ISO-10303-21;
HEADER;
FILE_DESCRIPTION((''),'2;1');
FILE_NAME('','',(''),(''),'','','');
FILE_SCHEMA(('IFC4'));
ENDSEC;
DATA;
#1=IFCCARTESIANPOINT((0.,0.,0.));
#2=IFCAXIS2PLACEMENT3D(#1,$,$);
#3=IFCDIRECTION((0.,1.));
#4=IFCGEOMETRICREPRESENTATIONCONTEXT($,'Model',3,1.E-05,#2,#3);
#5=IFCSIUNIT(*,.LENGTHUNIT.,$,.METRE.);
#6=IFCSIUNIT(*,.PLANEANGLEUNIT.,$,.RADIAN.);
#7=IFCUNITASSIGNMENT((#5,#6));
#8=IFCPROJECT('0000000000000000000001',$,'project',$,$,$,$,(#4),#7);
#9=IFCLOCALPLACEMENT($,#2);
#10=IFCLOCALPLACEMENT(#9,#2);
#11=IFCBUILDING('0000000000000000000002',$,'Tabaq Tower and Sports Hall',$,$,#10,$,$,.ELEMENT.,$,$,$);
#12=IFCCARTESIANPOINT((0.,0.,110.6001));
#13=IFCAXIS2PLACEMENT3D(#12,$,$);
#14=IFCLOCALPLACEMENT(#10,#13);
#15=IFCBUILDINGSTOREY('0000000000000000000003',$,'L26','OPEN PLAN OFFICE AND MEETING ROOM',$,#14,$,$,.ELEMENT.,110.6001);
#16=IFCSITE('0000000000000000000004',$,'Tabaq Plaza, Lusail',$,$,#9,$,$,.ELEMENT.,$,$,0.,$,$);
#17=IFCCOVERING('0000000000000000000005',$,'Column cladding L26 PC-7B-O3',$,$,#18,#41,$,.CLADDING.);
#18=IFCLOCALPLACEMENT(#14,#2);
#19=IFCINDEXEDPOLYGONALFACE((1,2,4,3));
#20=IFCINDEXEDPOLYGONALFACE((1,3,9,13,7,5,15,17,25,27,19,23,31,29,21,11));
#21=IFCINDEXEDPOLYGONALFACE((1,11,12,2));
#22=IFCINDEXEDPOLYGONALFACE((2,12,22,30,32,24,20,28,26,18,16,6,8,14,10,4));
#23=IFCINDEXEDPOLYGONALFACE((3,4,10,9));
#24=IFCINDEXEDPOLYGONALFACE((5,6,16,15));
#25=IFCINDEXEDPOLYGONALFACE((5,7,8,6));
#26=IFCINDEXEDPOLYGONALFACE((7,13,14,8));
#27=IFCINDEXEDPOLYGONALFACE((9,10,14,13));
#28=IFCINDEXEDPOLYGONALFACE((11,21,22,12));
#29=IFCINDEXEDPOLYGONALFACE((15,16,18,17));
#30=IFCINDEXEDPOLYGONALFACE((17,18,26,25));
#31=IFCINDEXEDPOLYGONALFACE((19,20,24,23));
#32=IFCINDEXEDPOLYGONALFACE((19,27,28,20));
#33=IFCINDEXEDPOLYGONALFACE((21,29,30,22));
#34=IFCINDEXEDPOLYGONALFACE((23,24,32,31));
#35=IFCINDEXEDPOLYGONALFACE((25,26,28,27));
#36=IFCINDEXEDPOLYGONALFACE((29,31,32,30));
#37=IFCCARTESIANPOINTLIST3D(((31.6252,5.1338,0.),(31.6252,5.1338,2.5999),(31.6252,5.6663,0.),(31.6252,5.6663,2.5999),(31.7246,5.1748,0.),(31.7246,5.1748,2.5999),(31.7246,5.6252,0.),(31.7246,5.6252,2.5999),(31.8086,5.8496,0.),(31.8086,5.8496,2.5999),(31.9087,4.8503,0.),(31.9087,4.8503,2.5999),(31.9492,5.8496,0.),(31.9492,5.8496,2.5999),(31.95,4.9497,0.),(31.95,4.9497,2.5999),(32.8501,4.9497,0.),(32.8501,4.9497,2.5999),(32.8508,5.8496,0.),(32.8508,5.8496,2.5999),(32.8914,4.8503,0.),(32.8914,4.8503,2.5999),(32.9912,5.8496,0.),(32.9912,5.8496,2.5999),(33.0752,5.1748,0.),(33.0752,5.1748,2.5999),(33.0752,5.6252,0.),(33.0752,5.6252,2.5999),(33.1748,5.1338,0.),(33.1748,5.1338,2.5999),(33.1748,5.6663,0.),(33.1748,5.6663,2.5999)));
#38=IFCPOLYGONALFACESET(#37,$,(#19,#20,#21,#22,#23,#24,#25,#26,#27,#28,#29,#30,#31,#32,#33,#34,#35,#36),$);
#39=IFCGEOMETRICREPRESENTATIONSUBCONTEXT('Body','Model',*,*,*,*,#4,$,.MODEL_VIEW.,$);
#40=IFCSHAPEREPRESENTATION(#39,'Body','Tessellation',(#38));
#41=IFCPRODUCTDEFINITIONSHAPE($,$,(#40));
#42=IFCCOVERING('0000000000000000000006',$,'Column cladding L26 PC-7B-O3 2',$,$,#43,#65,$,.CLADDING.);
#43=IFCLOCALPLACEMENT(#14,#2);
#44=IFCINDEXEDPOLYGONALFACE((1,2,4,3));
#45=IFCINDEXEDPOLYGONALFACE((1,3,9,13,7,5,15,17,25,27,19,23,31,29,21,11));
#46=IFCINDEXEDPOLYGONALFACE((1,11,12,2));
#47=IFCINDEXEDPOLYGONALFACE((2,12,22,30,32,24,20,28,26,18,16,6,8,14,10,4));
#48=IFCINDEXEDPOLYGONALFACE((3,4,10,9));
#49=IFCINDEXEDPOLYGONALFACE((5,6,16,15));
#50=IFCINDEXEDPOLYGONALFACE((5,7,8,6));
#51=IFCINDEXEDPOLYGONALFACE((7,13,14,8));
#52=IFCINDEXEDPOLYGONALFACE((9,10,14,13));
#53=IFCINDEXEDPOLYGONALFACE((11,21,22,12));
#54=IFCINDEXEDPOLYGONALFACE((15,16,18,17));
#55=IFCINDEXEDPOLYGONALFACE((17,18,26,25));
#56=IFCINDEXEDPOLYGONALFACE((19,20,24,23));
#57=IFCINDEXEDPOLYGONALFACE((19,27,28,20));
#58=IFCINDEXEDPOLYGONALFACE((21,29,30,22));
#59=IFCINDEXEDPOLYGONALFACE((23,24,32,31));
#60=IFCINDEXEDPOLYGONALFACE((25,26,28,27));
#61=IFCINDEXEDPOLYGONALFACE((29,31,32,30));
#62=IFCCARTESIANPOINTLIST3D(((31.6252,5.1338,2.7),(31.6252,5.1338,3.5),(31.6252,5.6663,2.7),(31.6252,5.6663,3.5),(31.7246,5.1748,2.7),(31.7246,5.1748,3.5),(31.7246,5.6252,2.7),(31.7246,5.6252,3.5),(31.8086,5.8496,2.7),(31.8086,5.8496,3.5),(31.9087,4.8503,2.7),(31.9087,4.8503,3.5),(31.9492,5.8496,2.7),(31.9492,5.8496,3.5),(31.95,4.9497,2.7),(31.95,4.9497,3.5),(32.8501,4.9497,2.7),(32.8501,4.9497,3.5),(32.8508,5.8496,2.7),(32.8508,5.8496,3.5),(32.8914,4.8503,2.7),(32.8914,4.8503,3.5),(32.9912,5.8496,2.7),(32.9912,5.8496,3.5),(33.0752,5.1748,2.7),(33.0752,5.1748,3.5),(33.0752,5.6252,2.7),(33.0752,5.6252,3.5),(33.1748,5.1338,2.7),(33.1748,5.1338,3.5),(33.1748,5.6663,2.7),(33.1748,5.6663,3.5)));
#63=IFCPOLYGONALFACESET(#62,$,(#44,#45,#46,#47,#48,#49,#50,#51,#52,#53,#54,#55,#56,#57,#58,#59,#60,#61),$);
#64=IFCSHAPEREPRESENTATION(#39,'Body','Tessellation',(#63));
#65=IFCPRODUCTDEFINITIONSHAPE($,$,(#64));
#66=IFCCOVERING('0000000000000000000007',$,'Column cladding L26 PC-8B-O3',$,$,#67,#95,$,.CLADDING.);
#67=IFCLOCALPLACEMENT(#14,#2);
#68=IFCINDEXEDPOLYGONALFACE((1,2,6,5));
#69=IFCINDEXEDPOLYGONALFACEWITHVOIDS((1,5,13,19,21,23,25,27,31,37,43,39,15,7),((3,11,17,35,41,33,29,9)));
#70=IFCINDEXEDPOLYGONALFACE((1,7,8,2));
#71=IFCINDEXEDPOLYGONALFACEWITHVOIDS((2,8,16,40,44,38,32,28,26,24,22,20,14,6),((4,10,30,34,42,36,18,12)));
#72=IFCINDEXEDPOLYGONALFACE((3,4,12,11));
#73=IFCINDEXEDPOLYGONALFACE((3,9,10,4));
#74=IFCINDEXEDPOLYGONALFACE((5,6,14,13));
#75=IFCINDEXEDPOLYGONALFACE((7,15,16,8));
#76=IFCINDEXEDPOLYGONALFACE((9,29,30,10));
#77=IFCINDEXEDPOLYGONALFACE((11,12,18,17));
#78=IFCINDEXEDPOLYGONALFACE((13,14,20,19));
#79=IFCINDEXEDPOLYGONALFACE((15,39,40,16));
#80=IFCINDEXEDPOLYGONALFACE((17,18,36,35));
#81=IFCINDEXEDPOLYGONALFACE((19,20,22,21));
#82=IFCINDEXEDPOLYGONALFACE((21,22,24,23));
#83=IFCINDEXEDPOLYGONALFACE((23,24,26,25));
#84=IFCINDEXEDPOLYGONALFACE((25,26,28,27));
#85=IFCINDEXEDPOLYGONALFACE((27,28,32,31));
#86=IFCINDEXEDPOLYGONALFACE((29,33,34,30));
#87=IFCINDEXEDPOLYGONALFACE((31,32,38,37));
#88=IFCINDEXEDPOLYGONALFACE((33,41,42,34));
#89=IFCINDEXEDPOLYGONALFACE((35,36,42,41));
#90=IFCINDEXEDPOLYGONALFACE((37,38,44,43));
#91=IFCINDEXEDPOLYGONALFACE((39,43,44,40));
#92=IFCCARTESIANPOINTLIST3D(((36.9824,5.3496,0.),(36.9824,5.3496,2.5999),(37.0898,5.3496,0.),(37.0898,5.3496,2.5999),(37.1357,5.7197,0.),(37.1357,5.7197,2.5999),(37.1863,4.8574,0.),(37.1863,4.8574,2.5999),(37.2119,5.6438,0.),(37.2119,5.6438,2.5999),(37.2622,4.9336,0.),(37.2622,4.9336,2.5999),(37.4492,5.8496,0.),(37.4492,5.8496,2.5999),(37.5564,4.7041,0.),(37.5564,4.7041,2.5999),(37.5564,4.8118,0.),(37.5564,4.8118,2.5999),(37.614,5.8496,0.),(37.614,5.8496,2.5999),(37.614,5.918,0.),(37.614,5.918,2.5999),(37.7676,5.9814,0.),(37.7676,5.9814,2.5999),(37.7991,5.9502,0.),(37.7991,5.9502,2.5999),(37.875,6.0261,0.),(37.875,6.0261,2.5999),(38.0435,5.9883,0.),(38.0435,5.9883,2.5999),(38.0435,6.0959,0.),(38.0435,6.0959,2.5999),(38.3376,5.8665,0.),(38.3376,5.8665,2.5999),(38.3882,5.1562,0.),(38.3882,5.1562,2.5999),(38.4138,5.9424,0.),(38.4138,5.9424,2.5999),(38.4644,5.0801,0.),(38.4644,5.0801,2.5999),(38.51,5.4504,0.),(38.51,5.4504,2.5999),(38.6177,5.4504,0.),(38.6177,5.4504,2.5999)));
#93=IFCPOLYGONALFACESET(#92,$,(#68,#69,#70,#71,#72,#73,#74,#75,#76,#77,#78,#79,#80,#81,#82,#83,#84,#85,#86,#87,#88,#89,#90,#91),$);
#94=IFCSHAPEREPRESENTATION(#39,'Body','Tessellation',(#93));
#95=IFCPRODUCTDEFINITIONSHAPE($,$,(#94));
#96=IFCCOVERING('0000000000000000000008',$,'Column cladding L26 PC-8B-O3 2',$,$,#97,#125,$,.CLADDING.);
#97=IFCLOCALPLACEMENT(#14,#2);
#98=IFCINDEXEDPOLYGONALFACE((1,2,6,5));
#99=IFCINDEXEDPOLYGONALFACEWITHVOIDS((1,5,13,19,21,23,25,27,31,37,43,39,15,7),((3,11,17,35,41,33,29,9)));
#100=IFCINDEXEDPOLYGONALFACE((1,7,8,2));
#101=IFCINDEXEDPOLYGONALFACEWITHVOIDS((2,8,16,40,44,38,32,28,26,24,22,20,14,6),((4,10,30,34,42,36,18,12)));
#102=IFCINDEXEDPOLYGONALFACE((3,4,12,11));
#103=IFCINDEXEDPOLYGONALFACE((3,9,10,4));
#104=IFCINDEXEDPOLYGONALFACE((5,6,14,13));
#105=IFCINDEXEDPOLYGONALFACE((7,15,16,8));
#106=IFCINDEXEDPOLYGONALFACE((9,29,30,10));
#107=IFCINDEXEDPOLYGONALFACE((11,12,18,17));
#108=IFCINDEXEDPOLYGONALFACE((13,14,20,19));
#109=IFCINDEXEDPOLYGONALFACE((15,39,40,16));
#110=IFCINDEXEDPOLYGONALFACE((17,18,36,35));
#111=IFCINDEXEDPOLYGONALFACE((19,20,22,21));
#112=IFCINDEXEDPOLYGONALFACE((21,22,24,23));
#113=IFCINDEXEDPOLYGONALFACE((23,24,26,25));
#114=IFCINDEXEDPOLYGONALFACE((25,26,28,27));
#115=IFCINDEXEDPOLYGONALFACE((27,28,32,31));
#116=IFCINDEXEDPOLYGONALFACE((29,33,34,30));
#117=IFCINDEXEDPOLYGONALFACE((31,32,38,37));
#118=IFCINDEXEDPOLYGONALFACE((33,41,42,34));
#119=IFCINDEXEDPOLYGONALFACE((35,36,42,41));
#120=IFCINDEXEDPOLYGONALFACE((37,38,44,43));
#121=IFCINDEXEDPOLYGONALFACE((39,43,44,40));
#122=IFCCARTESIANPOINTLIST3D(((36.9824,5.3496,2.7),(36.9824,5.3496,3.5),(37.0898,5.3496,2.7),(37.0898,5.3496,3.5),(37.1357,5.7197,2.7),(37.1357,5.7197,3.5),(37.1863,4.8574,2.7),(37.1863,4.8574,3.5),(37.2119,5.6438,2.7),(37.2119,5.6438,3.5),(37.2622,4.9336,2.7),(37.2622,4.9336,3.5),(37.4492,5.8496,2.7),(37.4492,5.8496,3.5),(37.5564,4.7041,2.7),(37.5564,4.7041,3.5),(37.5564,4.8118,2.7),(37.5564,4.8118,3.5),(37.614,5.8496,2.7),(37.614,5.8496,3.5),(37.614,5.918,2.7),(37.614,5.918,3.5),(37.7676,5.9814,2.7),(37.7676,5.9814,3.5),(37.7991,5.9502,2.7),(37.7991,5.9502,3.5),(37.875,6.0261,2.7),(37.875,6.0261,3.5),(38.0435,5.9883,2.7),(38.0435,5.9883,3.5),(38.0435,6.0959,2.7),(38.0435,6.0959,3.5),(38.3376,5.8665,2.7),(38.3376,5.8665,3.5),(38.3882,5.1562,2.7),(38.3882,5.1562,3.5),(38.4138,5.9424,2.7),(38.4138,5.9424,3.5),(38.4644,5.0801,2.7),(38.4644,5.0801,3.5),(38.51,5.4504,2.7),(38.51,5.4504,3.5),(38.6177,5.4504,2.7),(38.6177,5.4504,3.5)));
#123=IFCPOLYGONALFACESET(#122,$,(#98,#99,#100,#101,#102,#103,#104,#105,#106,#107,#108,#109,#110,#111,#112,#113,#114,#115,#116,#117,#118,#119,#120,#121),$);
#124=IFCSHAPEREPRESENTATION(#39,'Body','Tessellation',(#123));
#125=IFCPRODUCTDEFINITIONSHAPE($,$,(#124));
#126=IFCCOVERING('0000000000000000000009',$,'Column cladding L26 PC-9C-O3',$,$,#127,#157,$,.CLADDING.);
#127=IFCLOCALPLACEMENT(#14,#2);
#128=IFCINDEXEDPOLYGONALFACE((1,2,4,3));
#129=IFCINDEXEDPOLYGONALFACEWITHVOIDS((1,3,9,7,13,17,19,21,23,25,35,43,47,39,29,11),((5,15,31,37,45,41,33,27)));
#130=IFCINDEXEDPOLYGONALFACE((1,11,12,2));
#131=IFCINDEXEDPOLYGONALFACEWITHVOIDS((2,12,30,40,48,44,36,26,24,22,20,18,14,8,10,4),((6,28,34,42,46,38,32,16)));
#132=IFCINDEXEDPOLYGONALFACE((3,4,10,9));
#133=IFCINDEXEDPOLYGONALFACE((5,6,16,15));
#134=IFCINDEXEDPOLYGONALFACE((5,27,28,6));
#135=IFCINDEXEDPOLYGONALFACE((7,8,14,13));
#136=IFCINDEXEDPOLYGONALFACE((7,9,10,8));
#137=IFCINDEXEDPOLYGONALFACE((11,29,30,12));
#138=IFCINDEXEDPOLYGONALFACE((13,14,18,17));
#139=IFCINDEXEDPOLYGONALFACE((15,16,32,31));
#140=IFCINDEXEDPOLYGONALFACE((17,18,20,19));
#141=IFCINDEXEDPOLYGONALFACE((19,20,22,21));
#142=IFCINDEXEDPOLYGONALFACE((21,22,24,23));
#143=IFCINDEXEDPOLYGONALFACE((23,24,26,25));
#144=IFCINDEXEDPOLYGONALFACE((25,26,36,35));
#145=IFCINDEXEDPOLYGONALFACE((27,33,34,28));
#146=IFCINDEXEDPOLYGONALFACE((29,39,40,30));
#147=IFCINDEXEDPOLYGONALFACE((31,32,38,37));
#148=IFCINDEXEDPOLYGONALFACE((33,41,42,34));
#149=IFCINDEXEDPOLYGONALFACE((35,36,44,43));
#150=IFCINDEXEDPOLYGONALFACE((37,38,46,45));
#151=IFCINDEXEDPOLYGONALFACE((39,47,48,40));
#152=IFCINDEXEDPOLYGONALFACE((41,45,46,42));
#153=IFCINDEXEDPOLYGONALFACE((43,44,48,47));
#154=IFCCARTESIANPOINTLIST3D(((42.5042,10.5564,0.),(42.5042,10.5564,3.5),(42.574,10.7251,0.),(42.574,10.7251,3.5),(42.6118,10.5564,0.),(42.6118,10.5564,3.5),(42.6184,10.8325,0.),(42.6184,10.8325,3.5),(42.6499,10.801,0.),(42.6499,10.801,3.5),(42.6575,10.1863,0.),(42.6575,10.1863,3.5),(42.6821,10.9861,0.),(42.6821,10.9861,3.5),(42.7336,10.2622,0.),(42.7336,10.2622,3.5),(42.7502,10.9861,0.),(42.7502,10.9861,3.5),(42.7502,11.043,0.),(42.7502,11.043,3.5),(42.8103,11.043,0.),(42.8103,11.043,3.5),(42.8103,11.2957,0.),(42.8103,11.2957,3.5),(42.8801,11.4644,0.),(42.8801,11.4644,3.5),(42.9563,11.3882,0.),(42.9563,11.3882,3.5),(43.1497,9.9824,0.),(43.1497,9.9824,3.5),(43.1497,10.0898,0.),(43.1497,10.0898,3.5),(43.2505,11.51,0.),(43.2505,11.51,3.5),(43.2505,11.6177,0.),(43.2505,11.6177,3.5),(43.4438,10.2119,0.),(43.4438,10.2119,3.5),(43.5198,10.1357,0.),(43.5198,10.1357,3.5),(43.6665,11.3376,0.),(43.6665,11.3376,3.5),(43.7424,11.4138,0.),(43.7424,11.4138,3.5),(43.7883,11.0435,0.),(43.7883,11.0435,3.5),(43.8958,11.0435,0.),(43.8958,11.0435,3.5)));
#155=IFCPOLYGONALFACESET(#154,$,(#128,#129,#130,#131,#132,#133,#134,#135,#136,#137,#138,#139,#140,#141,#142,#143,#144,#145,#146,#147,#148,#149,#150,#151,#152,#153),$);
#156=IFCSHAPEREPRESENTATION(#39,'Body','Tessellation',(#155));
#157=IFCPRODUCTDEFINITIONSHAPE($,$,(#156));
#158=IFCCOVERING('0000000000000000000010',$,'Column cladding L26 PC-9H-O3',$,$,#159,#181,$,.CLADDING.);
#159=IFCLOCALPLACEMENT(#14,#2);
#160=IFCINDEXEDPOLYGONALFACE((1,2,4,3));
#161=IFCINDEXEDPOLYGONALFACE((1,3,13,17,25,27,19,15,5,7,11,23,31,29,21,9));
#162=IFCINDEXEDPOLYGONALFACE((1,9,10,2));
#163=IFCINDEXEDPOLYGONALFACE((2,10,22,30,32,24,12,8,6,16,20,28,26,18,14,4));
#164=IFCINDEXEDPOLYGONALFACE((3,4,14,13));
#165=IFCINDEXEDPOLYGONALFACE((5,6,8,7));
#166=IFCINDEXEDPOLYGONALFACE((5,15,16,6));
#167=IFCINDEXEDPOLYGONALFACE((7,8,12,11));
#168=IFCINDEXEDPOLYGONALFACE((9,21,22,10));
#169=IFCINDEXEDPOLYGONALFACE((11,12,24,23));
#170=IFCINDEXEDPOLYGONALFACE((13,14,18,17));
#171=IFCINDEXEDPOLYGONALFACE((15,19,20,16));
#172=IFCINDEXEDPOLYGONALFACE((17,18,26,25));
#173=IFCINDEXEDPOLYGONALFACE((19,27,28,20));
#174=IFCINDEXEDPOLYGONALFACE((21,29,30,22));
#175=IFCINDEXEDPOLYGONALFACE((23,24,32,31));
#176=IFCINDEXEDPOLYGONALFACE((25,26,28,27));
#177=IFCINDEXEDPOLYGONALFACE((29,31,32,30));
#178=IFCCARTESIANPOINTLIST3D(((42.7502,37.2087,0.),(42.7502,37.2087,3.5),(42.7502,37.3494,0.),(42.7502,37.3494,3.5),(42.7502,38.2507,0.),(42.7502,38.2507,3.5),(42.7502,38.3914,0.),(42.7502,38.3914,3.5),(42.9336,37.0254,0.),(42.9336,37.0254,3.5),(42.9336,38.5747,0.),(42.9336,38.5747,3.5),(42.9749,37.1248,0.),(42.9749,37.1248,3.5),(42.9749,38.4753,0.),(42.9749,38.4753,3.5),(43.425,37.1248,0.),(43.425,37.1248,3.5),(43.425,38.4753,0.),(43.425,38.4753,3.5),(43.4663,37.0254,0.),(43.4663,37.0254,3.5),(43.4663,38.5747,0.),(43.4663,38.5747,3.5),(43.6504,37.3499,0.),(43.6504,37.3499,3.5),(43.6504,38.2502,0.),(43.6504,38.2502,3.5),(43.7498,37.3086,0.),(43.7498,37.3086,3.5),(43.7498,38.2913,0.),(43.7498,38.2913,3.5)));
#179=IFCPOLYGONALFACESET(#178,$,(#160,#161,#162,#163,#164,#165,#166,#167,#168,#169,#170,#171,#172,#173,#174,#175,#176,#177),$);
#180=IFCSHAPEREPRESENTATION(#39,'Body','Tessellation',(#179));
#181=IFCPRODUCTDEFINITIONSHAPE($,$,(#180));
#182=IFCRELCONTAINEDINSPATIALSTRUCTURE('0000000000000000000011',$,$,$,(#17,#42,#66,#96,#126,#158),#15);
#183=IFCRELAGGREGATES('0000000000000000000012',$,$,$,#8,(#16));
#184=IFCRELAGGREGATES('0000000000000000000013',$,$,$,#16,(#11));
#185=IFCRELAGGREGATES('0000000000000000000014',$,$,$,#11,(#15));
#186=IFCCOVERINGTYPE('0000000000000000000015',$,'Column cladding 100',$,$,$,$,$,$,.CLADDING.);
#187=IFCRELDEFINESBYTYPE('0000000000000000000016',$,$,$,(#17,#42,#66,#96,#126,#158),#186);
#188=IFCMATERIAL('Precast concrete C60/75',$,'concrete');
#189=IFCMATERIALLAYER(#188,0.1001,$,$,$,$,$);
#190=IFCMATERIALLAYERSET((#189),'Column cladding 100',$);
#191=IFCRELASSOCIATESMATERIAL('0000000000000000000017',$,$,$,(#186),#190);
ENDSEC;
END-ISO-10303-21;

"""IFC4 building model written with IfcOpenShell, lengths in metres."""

from ifc_helpers import new_model, si_unit, direction, frame, origin, place, context, subcontext, project, spatial, polyline, outline, extrude, material, layer, layer_set, type_object, element, save


model = new_model("IFC4")

# Units and contexts
model_context = context("Model", 3, precision=1e-05, world=origin(), true_north=direction((0.0, 1.0)))
body_context = subcontext(model_context, "Body", "Model", "MODEL_VIEW")
ifc_project = project(units=[si_unit("LENGTHUNIT", "METRE"), si_unit("PLANEANGLEUNIT", "RADIAN")], contexts=[model_context])

# Site, building, storey
site_placement = place(None, origin())
site = spatial("IfcSite", under=ifc_project, at=site_placement, Name="Tabaq Plaza, Lusail", CompositionType="ELEMENT", RefElevation=0.0)
building_placement = place(site_placement, origin())
building = spatial("IfcBuilding", under=site, at=building_placement, Name="Tabaq Tower and Sports Hall", CompositionType="ELEMENT")
storey_placement = place(building_placement, frame((0.0, 0.0, 110.6001)))
storey = spatial("IfcBuildingStorey", under=building, at=storey_placement, Name="L26", Description="OPEN PLAN OFFICE AND MEETING ROOM", CompositionType="ELEMENT", Elevation=110.6001)

# Coverings
ifc_material_1 = material(Name="Precast concrete C60/75", Category="concrete")
ifc_layer_1 = layer(ifc_material_1, 0.1001)
ifc_layer_set_1 = layer_set([ifc_layer_1], Name="Column cladding 100")
covering_type = type_object("IfcCoveringType", Name="Column cladding 100", PredefinedType="CLADDING", material=ifc_layer_set_1)
covering_1_placement = place(storey_placement, origin())
element("IfcCovering", 1, at=covering_1_placement, inside=storey, type_object=covering_type, Name="Column cladding L26 PC-7B-O3", PredefinedType="CLADDING", context=body_context, shape_type="SweptSolid", body=[
    extrude(outline(polyline([(31.6252, 5.6663), (31.8086, 5.8496), (31.9492, 5.8496), (31.7246, 5.6252), (31.7246, 5.1748), (31.95, 4.9497), (32.8501, 4.9497), (33.0752, 5.1748), (33.0752, 5.6252), (32.8508, 5.8496), (32.9912, 5.8496), (33.1748, 5.6663), (33.1748, 5.1338), (32.8914, 4.8503), (31.9087, 4.8503), (31.6252, 5.1338), (31.6252, 5.6663)])), origin(), (0.0, 0.0, 1.0), 2.5999),
])
covering_2_placement = place(storey_placement, frame((0.0, 0.0, 2.7)))
element("IfcCovering", 2, at=covering_2_placement, inside=storey, type_object=covering_type, Name="Column cladding L26 PC-7B-O3 2", PredefinedType="CLADDING", context=body_context, shape_type="SweptSolid", body=[
    extrude(outline(polyline([(31.6252, 5.6663), (31.8086, 5.8496), (31.9492, 5.8496), (31.7246, 5.6252), (31.7246, 5.1748), (31.95, 4.9497), (32.8501, 4.9497), (33.0752, 5.1748), (33.0752, 5.6252), (32.8508, 5.8496), (32.9912, 5.8496), (33.1748, 5.6663), (33.1748, 5.1338), (32.8914, 4.8503), (31.9087, 4.8503), (31.6252, 5.1338), (31.6252, 5.6663)])), origin(), (0.0, 0.0, 1.0), 0.8),
])
covering_3_placement = place(storey_placement, origin())
element("IfcCovering", 3, at=covering_3_placement, inside=storey, type_object=covering_type, Name="Column cladding L26 PC-8B-O3", PredefinedType="CLADDING", context=body_context, shape_type="SweptSolid", body=[
    extrude(outline(polyline([(36.9824, 5.3496), (37.1357, 5.7197), (37.4492, 5.8496), (37.614, 5.8496), (37.614, 5.918), (37.7676, 5.9814), (37.7991, 5.9502), (37.875, 6.0261), (38.0435, 6.0959), (38.4138, 5.9424), (38.6177, 5.4504), (38.4644, 5.0801), (37.5564, 4.7041), (37.1863, 4.8574), (36.9824, 5.3496)]), holes=[polyline([(38.51, 5.4504), (38.3376, 5.8665), (38.0435, 5.9883), (37.2119, 5.6438), (37.0898, 5.3496), (37.2622, 4.9336), (37.5564, 4.8118), (38.3882, 5.1562), (38.51, 5.4504)])]), origin(), (0.0, 0.0, 1.0), 2.5999),
])
covering_4_placement = place(storey_placement, frame((0.0, 0.0, 2.7)))
element("IfcCovering", 4, at=covering_4_placement, inside=storey, type_object=covering_type, Name="Column cladding L26 PC-8B-O3 2", PredefinedType="CLADDING", context=body_context, shape_type="SweptSolid", body=[
    extrude(outline(polyline([(36.9824, 5.3496), (37.1357, 5.7197), (37.4492, 5.8496), (37.614, 5.8496), (37.614, 5.918), (37.7676, 5.9814), (37.7991, 5.9502), (37.875, 6.0261), (38.0435, 6.0959), (38.4138, 5.9424), (38.6177, 5.4504), (38.4644, 5.0801), (37.5564, 4.7041), (37.1863, 4.8574), (36.9824, 5.3496)]), holes=[polyline([(38.51, 5.4504), (38.3376, 5.8665), (38.0435, 5.9883), (37.2119, 5.6438), (37.0898, 5.3496), (37.2622, 4.9336), (37.5564, 4.8118), (38.3882, 5.1562), (38.51, 5.4504)])]), origin(), (0.0, 0.0, 1.0), 0.8),
])
covering_5_placement = place(storey_placement, origin())
element("IfcCovering", 5, at=covering_5_placement, inside=storey, type_object=covering_type, Name="Column cladding L26 PC-9C-O3", PredefinedType="CLADDING", context=body_context, shape_type="SweptSolid", body=[
    extrude(outline(polyline([(42.6575, 10.1863), (42.5042, 10.5564), (42.574, 10.7251), (42.6499, 10.801), (42.6184, 10.8325), (42.6821, 10.9861), (42.7502, 10.9861), (42.7502, 11.043), (42.8103, 11.043), (42.8103, 11.2957), (42.8801, 11.4644), (43.2505, 11.6177), (43.7424, 11.4138), (43.8958, 11.0435), (43.5198, 10.1357), (43.1497, 9.9824), (42.6575, 10.1863)]), holes=[polyline([(43.6665, 11.3376), (43.2505, 11.51), (42.9563, 11.3882), (42.6118, 10.5564), (42.7336, 10.2622), (43.1497, 10.0898), (43.4438, 10.2119), (43.7883, 11.0435), (43.6665, 11.3376)])]), origin(), (0.0, 0.0, 1.0), 3.5),
])
covering_6_placement = place(storey_placement, origin())
element("IfcCovering", 6, at=covering_6_placement, inside=storey, type_object=covering_type, Name="Column cladding L26 PC-9H-O3", PredefinedType="CLADDING", context=body_context, shape_type="SweptSolid", body=[
    extrude(outline(polyline([(42.9336, 37.0254), (42.7502, 37.2087), (42.7502, 37.3494), (42.9749, 37.1248), (43.425, 37.1248), (43.6504, 37.3499), (43.6504, 38.2502), (43.425, 38.4753), (42.9749, 38.4753), (42.7502, 38.2507), (42.7502, 38.3914), (42.9336, 38.5747), (43.4663, 38.5747), (43.7498, 38.2913), (43.7498, 37.3086), (43.4663, 37.0254), (42.9336, 37.0254)])), origin(), (0.0, 0.0, 1.0), 3.5),
])

save(model, "model.ifc")
